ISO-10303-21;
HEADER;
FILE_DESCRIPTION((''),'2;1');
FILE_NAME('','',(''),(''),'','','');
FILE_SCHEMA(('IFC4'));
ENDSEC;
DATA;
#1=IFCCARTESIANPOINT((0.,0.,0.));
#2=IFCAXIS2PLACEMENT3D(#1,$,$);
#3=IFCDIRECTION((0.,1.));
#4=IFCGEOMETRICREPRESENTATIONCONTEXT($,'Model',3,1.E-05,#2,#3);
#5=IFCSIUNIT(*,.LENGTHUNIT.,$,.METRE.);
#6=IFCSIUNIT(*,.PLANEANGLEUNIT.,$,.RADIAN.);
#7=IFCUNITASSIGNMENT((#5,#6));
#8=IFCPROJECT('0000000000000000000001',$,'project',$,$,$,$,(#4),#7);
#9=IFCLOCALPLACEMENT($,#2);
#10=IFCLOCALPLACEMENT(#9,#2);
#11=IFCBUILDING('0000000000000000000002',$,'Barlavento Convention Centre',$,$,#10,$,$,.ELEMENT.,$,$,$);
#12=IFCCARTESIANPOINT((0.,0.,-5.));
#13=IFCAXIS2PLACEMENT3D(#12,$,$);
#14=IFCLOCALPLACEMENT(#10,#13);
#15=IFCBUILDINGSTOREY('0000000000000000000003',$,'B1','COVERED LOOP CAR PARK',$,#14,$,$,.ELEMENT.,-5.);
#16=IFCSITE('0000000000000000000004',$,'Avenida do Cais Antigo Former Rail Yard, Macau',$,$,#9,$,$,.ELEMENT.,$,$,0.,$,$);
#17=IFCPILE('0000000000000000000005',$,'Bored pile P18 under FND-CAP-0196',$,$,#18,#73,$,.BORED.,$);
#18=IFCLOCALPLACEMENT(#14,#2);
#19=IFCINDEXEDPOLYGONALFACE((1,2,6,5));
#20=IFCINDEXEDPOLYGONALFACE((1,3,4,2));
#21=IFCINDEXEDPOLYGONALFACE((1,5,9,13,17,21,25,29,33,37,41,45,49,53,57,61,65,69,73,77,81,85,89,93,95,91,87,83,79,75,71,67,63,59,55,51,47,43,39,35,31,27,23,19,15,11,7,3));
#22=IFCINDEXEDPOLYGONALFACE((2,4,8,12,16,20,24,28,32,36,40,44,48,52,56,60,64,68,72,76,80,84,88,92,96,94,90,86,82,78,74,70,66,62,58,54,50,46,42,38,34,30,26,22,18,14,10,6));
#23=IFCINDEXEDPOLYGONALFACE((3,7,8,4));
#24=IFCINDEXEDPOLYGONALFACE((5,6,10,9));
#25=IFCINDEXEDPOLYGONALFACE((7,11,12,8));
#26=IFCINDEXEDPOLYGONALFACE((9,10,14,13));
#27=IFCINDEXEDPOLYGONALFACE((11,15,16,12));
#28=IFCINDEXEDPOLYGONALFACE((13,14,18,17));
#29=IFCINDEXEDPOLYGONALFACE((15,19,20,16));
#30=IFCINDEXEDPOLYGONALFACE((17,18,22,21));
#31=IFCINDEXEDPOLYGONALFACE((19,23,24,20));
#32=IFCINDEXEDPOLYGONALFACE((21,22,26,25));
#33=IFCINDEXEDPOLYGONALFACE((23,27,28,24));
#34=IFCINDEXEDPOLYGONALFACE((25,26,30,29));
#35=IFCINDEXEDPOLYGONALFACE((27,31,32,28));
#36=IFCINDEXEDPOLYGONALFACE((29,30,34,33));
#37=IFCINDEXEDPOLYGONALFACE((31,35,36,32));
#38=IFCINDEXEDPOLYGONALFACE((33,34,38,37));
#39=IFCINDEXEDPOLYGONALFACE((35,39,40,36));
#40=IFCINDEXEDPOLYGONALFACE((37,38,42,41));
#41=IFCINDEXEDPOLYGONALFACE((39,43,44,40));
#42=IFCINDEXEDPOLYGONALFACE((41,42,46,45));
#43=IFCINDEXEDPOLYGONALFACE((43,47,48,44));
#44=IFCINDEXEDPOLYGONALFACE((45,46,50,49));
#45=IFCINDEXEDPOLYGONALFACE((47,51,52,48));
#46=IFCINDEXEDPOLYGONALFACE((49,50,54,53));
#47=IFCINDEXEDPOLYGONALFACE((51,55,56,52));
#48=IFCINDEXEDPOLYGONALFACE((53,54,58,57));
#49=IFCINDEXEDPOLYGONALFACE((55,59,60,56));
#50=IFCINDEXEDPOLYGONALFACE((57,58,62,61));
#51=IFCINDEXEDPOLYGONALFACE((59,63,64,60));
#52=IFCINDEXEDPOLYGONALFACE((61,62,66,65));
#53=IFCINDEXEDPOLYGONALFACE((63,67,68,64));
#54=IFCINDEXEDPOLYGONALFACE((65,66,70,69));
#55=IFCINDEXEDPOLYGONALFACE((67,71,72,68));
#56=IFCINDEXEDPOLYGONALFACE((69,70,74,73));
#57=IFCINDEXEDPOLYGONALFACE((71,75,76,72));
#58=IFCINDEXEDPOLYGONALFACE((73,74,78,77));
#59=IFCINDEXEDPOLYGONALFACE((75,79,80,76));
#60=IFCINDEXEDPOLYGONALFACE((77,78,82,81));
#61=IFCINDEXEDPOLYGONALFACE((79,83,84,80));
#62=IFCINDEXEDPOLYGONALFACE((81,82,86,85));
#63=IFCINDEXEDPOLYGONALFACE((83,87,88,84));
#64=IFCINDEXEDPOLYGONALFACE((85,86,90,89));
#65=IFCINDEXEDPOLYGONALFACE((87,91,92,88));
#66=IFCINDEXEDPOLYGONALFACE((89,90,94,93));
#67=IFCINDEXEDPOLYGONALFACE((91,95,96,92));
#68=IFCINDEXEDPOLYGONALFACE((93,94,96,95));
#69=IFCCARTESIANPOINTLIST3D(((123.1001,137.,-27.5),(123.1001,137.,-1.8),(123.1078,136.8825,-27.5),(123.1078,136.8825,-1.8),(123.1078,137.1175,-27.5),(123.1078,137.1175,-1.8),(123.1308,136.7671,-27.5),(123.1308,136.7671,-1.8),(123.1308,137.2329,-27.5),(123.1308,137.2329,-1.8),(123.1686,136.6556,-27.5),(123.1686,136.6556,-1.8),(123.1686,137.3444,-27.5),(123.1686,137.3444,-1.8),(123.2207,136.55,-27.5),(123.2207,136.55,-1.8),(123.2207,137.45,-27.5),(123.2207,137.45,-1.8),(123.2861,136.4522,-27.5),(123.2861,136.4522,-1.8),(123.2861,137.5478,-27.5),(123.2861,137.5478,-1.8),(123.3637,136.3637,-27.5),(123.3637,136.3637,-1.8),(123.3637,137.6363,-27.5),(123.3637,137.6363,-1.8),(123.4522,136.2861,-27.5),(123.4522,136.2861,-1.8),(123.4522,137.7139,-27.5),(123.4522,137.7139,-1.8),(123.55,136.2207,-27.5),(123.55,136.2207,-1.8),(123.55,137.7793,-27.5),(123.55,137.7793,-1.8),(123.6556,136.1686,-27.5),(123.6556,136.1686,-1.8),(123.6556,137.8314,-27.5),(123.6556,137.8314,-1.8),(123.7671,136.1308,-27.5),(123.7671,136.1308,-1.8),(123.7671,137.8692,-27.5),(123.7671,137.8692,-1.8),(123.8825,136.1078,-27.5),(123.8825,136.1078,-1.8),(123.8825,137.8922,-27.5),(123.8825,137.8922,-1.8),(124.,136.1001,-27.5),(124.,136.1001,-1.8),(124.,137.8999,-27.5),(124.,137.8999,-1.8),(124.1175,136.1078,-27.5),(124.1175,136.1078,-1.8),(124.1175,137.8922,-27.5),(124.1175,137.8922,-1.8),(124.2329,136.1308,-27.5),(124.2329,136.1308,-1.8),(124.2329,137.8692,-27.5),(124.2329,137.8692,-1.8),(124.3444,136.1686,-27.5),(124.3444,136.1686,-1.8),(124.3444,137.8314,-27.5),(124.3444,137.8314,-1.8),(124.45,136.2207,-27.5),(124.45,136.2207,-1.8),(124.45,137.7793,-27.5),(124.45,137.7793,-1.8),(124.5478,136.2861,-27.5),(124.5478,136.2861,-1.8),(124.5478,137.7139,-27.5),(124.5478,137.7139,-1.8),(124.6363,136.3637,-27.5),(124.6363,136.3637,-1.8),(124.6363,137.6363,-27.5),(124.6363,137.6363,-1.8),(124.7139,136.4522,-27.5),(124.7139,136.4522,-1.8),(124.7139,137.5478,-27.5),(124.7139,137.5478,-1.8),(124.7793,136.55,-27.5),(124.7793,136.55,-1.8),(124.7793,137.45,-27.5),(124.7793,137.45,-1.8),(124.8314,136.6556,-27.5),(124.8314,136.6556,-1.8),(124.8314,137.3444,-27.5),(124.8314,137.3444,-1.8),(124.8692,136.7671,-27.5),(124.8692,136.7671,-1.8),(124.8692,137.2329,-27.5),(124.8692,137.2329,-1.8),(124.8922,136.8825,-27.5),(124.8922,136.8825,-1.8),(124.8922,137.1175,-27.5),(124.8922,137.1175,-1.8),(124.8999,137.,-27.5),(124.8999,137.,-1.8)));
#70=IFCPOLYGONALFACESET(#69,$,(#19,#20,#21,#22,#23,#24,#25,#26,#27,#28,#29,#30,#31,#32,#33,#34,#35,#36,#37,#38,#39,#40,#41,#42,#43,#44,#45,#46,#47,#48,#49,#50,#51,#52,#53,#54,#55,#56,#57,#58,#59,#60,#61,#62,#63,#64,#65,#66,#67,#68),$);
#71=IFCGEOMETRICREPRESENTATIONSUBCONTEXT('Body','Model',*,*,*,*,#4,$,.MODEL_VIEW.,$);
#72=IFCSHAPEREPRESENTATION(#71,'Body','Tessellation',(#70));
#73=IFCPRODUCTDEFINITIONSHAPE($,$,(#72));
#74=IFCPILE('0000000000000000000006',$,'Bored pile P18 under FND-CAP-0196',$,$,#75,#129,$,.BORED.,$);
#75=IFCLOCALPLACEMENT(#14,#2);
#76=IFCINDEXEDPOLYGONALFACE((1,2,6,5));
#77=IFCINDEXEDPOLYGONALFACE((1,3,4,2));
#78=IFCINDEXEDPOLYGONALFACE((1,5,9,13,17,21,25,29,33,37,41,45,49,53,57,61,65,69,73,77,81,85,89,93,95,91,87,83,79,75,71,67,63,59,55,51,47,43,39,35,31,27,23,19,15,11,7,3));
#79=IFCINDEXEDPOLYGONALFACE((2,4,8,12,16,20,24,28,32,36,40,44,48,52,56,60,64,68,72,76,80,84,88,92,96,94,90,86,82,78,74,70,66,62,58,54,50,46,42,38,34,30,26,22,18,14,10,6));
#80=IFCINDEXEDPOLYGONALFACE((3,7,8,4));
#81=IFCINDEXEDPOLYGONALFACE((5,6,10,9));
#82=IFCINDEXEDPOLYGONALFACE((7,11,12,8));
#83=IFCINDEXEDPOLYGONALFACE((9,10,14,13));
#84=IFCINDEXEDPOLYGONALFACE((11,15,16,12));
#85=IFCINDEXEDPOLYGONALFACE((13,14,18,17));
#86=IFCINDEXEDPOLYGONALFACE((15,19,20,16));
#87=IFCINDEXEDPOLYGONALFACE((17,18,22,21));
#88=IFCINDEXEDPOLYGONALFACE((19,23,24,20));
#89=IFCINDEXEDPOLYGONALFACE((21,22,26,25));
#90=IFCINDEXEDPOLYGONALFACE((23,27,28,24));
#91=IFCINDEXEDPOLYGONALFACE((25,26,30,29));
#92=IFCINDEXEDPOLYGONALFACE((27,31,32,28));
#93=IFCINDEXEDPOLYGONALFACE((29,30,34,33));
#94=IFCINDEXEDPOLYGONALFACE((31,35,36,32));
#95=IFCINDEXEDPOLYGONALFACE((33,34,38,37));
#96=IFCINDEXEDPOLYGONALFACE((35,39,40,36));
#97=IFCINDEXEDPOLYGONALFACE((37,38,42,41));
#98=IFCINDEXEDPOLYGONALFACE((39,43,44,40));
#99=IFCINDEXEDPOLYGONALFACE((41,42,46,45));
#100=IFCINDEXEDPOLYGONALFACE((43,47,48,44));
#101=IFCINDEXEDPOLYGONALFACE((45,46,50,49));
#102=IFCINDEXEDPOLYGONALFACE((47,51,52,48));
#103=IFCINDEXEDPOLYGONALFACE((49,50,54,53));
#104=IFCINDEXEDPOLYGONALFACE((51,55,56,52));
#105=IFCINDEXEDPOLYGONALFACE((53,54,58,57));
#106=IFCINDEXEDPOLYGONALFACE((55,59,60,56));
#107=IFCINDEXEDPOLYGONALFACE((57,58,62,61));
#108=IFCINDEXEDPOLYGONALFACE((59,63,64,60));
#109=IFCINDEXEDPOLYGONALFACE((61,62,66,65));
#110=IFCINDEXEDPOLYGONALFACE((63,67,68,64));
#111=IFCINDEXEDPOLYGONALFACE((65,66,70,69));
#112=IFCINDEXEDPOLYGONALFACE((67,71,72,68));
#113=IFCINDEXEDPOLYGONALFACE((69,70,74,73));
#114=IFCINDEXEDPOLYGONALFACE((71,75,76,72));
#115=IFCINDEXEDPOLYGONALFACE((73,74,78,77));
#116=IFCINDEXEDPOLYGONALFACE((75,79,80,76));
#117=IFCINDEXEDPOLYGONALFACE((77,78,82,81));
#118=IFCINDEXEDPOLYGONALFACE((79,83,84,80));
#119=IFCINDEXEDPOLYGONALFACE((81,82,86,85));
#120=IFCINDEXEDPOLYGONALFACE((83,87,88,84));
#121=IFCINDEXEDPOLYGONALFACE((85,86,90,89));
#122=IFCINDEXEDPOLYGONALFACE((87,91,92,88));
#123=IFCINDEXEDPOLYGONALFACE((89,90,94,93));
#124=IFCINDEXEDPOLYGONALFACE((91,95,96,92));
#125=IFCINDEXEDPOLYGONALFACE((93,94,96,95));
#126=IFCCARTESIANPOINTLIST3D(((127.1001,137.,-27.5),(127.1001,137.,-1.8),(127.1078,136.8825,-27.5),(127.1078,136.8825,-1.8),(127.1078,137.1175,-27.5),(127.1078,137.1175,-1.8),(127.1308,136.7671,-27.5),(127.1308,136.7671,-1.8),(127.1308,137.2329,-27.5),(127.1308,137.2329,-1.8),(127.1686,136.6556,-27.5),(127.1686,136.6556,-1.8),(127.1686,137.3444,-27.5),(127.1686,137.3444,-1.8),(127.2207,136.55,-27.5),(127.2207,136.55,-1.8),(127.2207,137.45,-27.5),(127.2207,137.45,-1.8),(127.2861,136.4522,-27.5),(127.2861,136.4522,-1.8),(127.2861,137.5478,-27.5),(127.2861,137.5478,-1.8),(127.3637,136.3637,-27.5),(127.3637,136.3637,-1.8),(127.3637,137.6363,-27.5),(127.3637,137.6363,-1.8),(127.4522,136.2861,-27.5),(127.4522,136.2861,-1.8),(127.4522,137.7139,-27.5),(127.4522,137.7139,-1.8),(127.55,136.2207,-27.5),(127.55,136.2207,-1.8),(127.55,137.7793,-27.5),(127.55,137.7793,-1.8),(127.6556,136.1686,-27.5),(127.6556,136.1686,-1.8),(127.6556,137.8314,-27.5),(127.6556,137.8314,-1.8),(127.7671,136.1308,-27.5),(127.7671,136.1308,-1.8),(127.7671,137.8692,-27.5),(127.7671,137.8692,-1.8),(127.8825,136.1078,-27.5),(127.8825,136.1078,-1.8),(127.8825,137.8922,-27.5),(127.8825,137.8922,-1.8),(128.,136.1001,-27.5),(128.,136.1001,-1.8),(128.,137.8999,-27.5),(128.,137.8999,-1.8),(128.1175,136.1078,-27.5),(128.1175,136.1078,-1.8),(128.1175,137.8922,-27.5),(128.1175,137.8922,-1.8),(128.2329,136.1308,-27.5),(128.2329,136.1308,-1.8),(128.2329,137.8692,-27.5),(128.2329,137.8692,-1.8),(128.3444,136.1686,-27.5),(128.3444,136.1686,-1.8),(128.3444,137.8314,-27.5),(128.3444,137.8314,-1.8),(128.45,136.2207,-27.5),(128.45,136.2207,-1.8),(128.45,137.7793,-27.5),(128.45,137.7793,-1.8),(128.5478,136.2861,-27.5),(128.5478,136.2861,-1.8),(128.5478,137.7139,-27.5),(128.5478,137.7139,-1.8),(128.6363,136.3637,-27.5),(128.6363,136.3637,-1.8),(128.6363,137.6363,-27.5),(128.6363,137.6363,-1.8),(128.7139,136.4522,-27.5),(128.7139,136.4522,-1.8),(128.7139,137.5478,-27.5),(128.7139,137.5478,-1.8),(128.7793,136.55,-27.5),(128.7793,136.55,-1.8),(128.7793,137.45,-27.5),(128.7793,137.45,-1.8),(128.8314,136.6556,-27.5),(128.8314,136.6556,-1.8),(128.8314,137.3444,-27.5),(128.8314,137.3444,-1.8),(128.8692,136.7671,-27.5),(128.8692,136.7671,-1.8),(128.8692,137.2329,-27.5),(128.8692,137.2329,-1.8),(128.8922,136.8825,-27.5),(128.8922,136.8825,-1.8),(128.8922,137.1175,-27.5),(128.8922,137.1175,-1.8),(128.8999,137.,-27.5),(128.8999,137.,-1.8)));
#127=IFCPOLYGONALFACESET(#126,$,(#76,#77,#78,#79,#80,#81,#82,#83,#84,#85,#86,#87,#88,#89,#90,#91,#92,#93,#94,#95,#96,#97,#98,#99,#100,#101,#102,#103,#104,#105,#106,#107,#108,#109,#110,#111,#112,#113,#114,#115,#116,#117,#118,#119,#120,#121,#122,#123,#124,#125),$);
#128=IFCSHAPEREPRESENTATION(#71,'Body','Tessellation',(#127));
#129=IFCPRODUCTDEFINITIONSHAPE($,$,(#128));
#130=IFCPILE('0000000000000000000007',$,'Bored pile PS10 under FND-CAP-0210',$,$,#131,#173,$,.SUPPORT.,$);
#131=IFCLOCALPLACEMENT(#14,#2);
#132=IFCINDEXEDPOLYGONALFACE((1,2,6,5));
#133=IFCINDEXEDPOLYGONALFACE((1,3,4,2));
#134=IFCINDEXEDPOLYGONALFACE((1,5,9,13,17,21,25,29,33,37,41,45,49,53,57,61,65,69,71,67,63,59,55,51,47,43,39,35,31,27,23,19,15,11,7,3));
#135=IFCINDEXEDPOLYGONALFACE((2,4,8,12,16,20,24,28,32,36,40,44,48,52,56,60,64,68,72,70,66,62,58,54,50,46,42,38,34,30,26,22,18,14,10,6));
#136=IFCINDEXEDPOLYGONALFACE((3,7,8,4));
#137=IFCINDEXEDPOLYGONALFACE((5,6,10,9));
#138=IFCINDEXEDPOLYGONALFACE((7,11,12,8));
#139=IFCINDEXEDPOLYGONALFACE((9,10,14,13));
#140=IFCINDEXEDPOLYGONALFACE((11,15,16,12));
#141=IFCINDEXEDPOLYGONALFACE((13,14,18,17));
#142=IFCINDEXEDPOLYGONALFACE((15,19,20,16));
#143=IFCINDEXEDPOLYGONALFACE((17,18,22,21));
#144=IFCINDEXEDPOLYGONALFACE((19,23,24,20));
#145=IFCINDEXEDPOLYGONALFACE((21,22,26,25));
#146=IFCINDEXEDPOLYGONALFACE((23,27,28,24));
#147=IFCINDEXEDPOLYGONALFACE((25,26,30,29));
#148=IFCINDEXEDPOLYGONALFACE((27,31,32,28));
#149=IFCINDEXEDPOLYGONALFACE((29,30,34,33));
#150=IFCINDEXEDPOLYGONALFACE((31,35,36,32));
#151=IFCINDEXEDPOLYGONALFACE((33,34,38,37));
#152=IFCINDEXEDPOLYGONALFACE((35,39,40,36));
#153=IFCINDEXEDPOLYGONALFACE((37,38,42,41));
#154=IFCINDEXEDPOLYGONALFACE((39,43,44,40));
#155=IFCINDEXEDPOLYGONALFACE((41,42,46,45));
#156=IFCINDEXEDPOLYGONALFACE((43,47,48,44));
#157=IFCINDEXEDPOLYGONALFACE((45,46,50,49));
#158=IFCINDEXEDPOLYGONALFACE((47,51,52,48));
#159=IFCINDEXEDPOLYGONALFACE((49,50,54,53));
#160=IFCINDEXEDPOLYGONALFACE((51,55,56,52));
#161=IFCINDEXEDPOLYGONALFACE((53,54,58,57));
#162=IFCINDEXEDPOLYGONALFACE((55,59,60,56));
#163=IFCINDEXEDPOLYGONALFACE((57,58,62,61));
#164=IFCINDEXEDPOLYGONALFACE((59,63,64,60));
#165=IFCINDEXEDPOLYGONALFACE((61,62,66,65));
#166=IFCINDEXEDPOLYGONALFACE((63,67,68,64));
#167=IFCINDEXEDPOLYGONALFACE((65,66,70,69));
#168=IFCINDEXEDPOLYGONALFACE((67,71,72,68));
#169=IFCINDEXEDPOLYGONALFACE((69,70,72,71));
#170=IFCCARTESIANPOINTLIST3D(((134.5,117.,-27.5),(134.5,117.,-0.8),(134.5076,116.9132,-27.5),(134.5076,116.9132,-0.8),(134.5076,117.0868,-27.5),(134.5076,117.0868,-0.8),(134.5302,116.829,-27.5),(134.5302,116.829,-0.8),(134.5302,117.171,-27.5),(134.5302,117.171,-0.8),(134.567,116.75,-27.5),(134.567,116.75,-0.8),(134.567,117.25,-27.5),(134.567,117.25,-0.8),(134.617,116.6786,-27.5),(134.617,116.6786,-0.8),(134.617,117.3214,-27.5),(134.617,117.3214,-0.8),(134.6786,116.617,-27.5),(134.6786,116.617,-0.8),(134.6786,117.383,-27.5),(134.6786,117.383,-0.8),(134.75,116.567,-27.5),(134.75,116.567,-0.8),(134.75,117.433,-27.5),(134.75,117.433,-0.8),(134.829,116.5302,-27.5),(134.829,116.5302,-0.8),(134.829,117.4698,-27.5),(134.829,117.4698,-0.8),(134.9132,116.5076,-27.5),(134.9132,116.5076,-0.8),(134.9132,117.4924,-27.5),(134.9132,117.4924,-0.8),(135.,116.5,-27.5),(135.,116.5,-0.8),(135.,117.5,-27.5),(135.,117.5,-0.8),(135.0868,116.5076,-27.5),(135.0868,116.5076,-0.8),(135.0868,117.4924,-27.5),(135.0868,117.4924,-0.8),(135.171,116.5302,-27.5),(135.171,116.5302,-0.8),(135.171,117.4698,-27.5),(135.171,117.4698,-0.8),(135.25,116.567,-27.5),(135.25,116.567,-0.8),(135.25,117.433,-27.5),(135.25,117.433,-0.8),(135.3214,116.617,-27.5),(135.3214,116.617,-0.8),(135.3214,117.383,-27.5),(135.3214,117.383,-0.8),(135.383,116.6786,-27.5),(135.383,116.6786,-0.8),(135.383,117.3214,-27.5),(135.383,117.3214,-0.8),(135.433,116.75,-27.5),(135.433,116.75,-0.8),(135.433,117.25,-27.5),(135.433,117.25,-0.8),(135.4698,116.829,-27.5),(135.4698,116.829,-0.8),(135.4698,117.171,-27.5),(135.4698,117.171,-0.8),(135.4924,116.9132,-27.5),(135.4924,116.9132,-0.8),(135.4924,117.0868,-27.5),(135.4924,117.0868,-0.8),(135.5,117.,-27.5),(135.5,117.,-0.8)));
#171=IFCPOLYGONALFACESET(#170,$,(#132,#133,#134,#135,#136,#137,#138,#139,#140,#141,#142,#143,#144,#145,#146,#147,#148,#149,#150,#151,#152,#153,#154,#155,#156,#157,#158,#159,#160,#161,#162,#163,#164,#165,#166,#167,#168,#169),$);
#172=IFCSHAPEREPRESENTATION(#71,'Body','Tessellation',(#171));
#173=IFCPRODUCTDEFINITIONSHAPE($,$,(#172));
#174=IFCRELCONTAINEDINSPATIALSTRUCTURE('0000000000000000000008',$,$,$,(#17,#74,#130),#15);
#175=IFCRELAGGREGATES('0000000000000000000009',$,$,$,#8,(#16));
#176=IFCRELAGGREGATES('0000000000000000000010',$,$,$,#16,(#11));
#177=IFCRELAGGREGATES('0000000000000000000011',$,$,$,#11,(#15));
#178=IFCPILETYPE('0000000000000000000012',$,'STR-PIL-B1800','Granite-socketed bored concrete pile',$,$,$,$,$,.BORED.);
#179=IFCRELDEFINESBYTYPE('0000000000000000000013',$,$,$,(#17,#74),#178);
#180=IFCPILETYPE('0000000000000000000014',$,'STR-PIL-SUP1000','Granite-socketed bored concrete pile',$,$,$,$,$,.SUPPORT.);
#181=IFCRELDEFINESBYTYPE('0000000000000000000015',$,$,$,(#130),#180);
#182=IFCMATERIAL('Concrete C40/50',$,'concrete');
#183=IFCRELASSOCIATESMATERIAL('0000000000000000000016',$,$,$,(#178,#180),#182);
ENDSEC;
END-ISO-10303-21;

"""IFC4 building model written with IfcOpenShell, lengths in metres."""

from ifc_helpers import new_model, si_unit, direction, frame, origin, origin_2d, place, context, subcontext, project, spatial, circle, extrude, material, material_profile, profile_set, type_object, element, save


model = new_model("IFC4")

# Units and contexts
model_context = context("Model", 3, precision=1e-05, world=origin(), true_north=direction((0.0, 1.0)))
body_context = subcontext(model_context, "Body", "Model", "MODEL_VIEW")
ifc_project = project(units=[si_unit("LENGTHUNIT", "METRE"), si_unit("PLANEANGLEUNIT", "RADIAN")], contexts=[model_context])

# Site, building, storey
site_placement = place(None, origin())
site = spatial("IfcSite", under=ifc_project, at=site_placement, Name="Avenida do Cais Antigo Former Rail Yard, Macau", CompositionType="ELEMENT", RefElevation=0.0)
building_placement = place(site_placement, origin())
building = spatial("IfcBuilding", under=site, at=building_placement, Name="Barlavento Convention Centre", CompositionType="ELEMENT")
storey_placement = place(building_placement, frame((0.0, 0.0, -5.0)))
storey = spatial("IfcBuildingStorey", under=building, at=storey_placement, Name="B1", Description="COVERED LOOP CAR PARK", CompositionType="ELEMENT", Elevation=-5.0)

# Shared definitions
ifc_material_1 = material(Name="Concrete C40/50", Category="concrete")

# Piles
ifc_material_profile_1 = material_profile(ifc_material_1, circle(Radius=0.8999, at=origin_2d()), Name="BORED PILE 1800")
ifc_profile_set_1 = profile_set([ifc_material_profile_1], Name="Concrete C40/50")
pile_type_1 = type_object("IfcPileType", Name="STR-PIL-B1800", Description="Granite-socketed bored concrete pile", PredefinedType="BORED", material=ifc_profile_set_1)
for number, where, z_axis, x_axis, name in (
    (1, (124.0, 137.0, -1.8), (0.0, 0.0, -1.0), (1.0, 0.0, 0.0), "Bored pile P18 under FND-CAP-0196"),
    (2, (128.0, 137.0, -1.8), (0.0, 0.0, -1.0), (1.0, 0.0, 0.0), "Bored pile P18 under FND-CAP-0196"),
):
    element("IfcPile", number, at=place(storey_placement, frame(where, z_axis=z_axis, x_axis=x_axis)), inside=storey, type_object=pile_type_1, Name=name, PredefinedType="BORED", context=body_context, shape_type="SweptSolid", body=[
        extrude(circle(Radius=0.8999, at=origin_2d()), origin(), (0.0, 0.0, 1.0), 25.7),
    ])
ifc_material_profile_2 = material_profile(ifc_material_1, circle(Radius=0.5, at=origin_2d()), Name="BORED PILE 1000")
ifc_profile_set_2 = profile_set([ifc_material_profile_2], Name="Concrete C40/50")
pile_type_2 = type_object("IfcPileType", Name="STR-PIL-SUP1000", Description="Granite-socketed bored concrete pile", PredefinedType="SUPPORT", material=ifc_profile_set_2)
for number, where, z_axis, x_axis, name in (
    (3, (135.0, 117.0, -0.8), (0.0, 0.0, -1.0), (1.0, 0.0, 0.0), "Bored pile PS10 under FND-CAP-0210"),
):
    element("IfcPile", number, at=place(storey_placement, frame(where, z_axis=z_axis, x_axis=x_axis)), inside=storey, type_object=pile_type_2, Name=name, PredefinedType="SUPPORT", context=body_context, shape_type="SweptSolid", body=[
        extrude(circle(Radius=0.5, at=origin_2d()), origin(), (0.0, 0.0, 1.0), 26.7),
    ])

save(model, "model.ifc")
